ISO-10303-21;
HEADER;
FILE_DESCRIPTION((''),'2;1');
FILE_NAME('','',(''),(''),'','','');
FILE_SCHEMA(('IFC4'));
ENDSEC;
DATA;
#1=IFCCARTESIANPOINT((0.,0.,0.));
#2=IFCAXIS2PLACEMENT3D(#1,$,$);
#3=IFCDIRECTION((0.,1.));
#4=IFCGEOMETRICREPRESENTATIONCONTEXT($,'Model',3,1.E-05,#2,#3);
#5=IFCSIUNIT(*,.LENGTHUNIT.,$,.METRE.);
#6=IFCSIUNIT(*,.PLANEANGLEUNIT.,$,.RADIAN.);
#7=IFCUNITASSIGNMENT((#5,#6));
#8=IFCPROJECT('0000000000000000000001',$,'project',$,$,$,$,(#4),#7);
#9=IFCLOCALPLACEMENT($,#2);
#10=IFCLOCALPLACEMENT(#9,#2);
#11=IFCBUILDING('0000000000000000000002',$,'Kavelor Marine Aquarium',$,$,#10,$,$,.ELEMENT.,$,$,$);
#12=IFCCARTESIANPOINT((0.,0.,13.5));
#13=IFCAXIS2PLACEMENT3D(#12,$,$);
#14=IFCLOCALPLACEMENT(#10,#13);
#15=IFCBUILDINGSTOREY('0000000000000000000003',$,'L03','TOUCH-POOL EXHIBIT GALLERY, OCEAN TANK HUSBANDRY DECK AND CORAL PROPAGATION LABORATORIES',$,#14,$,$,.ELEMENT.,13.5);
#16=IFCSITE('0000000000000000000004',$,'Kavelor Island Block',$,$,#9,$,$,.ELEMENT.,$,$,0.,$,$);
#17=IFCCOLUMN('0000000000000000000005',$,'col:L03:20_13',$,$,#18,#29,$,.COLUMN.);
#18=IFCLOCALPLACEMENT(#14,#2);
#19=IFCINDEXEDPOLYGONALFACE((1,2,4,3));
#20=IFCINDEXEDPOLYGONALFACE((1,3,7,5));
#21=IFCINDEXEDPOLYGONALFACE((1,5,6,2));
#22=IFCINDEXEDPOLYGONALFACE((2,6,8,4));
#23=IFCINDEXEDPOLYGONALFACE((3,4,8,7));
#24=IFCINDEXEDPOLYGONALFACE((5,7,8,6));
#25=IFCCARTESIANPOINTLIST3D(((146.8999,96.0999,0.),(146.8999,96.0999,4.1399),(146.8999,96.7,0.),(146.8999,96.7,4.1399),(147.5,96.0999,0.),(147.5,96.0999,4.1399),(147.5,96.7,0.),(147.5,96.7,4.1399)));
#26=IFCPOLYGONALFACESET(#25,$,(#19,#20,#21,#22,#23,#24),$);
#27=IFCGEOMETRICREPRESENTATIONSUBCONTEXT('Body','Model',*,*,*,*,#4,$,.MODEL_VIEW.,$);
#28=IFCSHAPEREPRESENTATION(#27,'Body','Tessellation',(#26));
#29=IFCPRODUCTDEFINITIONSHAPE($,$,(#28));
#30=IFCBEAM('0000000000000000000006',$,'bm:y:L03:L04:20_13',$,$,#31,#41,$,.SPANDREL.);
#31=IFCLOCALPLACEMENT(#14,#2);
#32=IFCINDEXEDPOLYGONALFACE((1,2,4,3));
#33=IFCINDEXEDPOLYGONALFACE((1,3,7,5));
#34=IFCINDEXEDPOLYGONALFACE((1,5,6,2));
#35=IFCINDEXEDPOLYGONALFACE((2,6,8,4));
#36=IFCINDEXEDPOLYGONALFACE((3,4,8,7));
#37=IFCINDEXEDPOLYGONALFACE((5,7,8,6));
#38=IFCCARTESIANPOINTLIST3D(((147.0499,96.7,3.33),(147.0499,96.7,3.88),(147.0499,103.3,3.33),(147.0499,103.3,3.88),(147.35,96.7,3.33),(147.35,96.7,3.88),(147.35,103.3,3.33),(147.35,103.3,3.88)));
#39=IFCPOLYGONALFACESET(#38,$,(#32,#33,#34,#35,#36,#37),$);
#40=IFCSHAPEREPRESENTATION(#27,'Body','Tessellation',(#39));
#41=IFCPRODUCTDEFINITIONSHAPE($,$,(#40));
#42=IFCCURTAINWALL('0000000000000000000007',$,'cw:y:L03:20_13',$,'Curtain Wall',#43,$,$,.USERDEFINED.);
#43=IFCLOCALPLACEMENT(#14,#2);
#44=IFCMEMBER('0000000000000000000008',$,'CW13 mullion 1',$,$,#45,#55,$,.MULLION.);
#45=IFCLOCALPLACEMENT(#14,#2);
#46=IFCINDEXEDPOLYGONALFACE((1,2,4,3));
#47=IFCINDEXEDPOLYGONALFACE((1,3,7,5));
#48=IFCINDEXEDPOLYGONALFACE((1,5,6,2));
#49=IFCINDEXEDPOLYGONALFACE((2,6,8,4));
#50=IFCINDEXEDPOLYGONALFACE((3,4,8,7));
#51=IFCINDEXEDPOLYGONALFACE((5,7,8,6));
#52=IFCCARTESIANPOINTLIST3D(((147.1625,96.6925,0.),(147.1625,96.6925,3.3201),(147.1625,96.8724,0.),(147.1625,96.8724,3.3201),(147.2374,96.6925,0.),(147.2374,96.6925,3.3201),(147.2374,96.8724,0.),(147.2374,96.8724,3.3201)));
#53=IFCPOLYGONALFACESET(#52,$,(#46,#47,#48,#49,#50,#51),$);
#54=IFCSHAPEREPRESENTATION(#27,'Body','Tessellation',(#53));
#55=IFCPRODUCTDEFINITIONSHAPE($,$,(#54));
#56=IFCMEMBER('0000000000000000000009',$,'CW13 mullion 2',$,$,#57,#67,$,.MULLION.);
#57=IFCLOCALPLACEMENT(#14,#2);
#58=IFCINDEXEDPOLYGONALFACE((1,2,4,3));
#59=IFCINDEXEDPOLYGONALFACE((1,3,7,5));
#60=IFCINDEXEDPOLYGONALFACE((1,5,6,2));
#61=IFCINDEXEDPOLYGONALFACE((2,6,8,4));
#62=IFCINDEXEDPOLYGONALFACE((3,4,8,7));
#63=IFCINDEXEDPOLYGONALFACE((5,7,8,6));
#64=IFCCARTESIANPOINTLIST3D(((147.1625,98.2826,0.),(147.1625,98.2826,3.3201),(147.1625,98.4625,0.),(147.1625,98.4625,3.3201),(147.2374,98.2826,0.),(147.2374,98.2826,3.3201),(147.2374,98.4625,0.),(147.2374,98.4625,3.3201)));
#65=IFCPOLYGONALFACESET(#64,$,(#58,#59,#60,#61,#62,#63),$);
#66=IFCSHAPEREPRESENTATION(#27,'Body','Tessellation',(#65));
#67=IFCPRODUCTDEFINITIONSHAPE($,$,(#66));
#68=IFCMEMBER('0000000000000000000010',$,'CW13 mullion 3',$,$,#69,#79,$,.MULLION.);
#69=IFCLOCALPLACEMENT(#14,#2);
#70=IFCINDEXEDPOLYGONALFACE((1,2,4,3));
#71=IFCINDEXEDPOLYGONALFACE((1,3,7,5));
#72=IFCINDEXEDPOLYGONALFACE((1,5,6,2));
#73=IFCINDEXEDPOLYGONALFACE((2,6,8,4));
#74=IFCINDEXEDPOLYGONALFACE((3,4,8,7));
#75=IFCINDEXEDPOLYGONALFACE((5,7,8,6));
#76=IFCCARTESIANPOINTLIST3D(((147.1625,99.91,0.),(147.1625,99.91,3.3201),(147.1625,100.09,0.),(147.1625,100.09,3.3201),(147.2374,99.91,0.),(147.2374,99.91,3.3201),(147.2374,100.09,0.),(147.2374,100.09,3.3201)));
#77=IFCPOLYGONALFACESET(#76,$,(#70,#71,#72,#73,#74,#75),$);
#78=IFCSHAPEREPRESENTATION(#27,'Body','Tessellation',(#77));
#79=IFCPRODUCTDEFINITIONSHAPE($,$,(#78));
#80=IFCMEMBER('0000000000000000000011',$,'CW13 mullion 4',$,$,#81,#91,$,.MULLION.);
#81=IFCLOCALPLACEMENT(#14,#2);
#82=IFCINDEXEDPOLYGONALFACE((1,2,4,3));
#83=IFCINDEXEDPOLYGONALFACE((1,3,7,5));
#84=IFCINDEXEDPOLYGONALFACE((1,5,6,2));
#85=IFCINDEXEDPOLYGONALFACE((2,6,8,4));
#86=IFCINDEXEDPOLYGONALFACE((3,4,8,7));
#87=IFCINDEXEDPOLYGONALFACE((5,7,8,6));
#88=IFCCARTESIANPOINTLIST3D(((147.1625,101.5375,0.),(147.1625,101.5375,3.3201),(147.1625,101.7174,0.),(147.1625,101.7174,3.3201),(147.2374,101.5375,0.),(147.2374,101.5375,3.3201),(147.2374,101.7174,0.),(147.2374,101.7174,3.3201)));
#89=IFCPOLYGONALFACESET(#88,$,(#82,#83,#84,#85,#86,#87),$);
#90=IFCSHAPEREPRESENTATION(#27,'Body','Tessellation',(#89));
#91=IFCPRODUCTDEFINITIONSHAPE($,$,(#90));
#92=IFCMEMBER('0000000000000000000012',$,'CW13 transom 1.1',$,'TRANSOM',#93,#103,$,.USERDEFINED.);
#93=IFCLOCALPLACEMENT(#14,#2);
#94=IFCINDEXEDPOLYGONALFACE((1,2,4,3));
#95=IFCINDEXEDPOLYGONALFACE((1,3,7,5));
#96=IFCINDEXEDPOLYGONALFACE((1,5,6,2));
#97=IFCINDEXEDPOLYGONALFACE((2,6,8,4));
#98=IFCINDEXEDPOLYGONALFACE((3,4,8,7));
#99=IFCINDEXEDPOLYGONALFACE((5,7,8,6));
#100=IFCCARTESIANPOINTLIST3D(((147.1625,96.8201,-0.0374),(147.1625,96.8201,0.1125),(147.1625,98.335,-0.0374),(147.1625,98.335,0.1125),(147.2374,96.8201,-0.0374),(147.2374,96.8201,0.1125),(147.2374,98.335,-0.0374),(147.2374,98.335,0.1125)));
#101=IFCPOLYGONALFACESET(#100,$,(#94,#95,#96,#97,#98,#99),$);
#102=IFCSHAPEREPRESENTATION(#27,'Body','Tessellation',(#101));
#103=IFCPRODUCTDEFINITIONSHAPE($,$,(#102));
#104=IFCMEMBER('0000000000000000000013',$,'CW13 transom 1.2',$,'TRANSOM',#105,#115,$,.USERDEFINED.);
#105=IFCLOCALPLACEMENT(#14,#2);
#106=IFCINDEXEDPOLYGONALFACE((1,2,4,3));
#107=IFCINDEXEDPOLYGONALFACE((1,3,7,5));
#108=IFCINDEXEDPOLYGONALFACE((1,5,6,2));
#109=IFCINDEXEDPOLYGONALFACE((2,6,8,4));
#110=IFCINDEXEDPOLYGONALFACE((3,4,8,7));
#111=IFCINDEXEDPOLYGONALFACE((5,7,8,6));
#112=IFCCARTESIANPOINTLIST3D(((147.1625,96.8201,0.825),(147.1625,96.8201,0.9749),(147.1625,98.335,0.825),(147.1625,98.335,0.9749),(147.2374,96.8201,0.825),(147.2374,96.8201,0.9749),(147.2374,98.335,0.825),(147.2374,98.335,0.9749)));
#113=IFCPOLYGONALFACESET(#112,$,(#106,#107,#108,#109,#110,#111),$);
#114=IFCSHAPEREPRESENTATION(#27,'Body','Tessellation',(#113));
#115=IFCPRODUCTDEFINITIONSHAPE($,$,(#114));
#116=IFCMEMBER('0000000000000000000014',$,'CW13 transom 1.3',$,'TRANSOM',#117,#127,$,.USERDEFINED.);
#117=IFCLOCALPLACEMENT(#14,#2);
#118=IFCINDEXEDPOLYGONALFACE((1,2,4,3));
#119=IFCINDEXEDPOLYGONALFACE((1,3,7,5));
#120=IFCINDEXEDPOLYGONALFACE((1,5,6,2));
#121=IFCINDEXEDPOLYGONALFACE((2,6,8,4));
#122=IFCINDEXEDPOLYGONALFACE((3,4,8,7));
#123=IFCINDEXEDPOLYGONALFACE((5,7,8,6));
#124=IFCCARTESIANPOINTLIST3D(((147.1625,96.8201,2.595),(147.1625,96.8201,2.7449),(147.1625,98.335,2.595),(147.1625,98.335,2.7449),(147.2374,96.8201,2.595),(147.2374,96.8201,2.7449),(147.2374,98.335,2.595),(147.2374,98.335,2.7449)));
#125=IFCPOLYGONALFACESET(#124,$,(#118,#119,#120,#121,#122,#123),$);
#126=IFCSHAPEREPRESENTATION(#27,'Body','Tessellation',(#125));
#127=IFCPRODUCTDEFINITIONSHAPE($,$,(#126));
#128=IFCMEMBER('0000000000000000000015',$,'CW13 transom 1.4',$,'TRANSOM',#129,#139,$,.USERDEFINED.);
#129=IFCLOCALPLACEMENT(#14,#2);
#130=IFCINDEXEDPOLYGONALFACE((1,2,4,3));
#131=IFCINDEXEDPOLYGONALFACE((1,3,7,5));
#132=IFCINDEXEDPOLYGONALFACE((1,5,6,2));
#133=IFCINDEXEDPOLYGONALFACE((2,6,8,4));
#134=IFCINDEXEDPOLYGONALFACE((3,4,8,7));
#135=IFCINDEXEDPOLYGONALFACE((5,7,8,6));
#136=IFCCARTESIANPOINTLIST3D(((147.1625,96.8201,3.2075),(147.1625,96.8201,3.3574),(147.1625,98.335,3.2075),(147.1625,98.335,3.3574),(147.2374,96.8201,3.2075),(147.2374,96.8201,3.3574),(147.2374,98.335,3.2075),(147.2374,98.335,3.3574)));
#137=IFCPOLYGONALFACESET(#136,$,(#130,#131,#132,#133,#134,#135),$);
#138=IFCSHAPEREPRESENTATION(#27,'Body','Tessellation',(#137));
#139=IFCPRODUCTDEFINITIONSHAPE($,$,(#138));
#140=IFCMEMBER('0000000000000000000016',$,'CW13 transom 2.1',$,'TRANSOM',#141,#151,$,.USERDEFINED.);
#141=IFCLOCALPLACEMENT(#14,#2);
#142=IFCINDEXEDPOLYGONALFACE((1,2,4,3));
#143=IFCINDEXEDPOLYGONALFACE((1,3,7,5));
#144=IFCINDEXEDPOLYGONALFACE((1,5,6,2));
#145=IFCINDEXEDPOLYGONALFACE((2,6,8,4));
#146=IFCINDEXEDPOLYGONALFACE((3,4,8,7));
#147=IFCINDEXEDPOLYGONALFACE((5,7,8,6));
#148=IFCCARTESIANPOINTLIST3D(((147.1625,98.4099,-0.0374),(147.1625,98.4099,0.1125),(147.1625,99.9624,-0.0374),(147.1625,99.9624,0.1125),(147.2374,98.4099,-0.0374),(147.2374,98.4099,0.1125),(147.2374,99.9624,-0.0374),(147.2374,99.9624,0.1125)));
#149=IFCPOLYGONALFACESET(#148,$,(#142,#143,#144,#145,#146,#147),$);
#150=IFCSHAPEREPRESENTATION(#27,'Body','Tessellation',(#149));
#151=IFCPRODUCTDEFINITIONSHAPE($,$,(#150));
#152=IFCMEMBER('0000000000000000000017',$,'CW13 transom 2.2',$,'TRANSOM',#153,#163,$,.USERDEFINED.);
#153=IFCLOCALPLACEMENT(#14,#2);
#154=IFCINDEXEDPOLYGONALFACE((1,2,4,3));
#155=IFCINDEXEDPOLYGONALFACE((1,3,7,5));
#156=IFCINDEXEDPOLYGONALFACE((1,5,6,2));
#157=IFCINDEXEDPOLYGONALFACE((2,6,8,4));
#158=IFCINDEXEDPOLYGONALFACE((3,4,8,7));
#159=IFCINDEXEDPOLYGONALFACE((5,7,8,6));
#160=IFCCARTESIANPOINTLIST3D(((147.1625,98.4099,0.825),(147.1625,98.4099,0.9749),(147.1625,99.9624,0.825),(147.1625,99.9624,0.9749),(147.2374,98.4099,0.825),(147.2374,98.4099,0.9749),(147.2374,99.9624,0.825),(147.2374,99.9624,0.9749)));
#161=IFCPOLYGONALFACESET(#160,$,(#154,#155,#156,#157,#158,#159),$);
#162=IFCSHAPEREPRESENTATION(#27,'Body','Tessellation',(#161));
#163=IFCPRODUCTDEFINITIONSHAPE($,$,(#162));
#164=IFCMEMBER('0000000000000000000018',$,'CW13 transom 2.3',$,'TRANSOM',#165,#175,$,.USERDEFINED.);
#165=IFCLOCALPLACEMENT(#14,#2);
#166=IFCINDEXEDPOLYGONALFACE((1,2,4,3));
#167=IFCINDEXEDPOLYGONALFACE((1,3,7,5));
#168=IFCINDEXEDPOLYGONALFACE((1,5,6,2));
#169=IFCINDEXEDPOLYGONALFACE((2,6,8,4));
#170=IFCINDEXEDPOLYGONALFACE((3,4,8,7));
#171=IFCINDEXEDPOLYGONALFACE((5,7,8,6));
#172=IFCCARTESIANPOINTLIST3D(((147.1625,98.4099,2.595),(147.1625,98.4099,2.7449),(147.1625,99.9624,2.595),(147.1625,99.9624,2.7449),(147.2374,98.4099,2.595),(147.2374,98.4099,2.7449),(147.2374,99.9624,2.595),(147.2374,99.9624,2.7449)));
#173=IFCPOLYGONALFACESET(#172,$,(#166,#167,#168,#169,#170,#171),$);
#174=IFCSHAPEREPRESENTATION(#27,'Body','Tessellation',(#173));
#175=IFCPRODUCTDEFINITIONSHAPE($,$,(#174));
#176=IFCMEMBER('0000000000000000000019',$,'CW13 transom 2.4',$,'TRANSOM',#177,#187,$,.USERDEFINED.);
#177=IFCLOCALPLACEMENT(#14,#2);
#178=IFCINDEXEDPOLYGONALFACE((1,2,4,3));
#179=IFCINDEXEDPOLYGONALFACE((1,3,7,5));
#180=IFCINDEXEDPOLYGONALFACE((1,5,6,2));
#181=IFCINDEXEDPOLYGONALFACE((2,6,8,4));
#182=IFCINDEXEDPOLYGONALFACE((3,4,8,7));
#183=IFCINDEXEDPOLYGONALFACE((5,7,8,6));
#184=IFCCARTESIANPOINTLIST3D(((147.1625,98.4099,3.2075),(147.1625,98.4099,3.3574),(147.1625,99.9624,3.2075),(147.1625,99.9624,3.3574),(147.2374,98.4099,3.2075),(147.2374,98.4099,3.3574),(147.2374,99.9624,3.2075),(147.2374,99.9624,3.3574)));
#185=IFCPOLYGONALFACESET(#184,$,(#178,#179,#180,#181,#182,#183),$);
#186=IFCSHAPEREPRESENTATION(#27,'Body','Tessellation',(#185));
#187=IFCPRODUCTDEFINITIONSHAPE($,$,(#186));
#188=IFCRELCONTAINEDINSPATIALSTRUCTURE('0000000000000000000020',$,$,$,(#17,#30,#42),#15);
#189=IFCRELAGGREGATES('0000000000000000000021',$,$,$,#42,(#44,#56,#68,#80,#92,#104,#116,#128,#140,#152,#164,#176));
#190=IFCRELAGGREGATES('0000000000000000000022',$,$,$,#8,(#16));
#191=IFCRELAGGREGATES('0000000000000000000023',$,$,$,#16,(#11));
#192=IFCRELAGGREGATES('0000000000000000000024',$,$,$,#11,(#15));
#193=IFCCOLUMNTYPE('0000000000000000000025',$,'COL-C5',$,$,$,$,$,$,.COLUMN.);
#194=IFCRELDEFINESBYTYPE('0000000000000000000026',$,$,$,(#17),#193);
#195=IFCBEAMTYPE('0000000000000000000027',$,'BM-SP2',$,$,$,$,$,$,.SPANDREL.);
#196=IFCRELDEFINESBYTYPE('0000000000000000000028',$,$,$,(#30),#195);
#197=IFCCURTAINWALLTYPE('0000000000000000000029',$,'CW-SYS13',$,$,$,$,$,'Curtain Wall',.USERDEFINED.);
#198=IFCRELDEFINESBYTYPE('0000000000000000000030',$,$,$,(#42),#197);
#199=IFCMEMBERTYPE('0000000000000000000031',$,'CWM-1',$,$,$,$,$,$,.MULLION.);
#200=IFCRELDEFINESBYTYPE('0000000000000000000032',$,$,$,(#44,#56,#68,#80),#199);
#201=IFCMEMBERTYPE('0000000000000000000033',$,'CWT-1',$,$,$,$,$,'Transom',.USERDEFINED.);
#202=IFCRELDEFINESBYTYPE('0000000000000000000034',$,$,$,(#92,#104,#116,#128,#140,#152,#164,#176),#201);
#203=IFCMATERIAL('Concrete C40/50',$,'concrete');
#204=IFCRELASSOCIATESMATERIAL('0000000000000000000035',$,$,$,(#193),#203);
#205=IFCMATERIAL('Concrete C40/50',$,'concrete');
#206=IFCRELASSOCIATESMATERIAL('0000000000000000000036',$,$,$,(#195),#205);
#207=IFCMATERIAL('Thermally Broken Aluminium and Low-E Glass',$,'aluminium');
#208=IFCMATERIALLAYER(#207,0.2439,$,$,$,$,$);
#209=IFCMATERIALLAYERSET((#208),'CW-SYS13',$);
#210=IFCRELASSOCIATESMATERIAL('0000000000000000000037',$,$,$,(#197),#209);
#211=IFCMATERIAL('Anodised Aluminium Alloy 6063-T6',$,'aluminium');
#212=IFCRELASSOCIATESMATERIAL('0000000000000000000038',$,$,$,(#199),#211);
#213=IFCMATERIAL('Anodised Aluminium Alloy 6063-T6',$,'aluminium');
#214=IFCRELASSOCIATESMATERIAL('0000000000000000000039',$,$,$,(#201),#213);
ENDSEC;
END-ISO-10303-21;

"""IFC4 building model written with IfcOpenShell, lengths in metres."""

from ifc_helpers import new_model, si_unit, direction, frame, origin, origin_2d, place, context, subcontext, project, spatial, rectangle, extrude, material, layer, layer_set, material_profile, profile_set, type_object, element, aggregate, save


model = new_model("IFC4")

# Units and contexts
model_context = context("Model", 3, precision=1e-05, world=origin(), true_north=direction((0.0, 1.0)))
body_context = subcontext(model_context, "Body", "Model", "MODEL_VIEW")
ifc_project = project(units=[si_unit("LENGTHUNIT", "METRE"), si_unit("PLANEANGLEUNIT", "RADIAN")], contexts=[model_context])

# Site, building, storey
site_placement = place(None, origin())
site = spatial("IfcSite", under=ifc_project, at=site_placement, Name="Kavelor Island Block", CompositionType="ELEMENT", RefElevation=0.0)
building_placement = place(site_placement, origin())
building = spatial("IfcBuilding", under=site, at=building_placement, Name="Kavelor Marine Aquarium", CompositionType="ELEMENT")
storey_placement = place(building_placement, frame((0.0, 0.0, 13.5)))
storey = spatial("IfcBuildingStorey", under=building, at=storey_placement, Name="L03", Description="TOUCH-POOL EXHIBIT GALLERY, OCEAN TANK HUSBANDRY DECK AND CORAL PROPAGATION LABORATORIES", CompositionType="ELEMENT", Elevation=13.5)

# Column
ifc_material_1 = material(Name="Concrete C40/50", Category="concrete")
ifc_material_profile_1 = material_profile(ifc_material_1, rectangle(XDim=0.6001, YDim=0.6001, at=origin_2d()), Name="RC-COL 600x600")
ifc_profile_set_1 = profile_set([ifc_material_profile_1], Name="Concrete C40/50")
column_type = type_object("IfcColumnType", Name="COL-C5", PredefinedType="COLUMN", material=ifc_profile_set_1)
column_placement = place(storey_placement, frame((147.2, 96.3999, 0.0), z_axis=(0.0, 0.0, 1.0), x_axis=(1.0, 0.0, 0.0)))
element("IfcColumn", 1, at=column_placement, inside=storey, type_object=column_type, Name="col:L03:20_13", PredefinedType="COLUMN", context=body_context, shape_type="SweptSolid", body=[
    extrude(rectangle(XDim=0.6001, YDim=0.6001, at=origin_2d()), origin(), (0.0, 0.0, 1.0), 4.1399),
])

# Beam
ifc_material_2 = material(Name="Concrete C40/50", Category="concrete")
ifc_material_profile_2 = material_profile(ifc_material_2, rectangle(XDim=0.3, YDim=0.55, at=origin_2d()), Name="RC-SP 300x550")
ifc_profile_set_2 = profile_set([ifc_material_profile_2], Name="Concrete C40/50")
beam_type = type_object("IfcBeamType", Name="BM-SP2", PredefinedType="SPANDREL", material=ifc_profile_set_2)
beam_placement = place(storey_placement, frame((147.2, 96.7, 3.605), z_axis=(0.0, 1.0, 0.0), x_axis=(-1.0, 0.0, 0.0)))
element("IfcBeam", 2, at=beam_placement, inside=storey, type_object=beam_type, Name="bm:y:L03:L04:20_13", PredefinedType="SPANDREL", context=body_context, shape_type="SweptSolid", body=[
    extrude(rectangle(XDim=0.3, YDim=0.55, at=origin_2d()), origin(), (0.0, 0.0, 1.0), 6.6001),
])

# Curtain wall, members
ifc_material_3 = material(Name="Thermally Broken Aluminium and Low-E Glass", Category="aluminium")
ifc_layer_1 = layer(ifc_material_3, 0.2439)
ifc_layer_set_1 = layer_set([ifc_layer_1], Name="CW-SYS13")
curtain_wall_type = type_object("IfcCurtainWallType", Name="CW-SYS13", ElementType="Curtain Wall", PredefinedType="USERDEFINED", material=ifc_layer_set_1)
curtain_wall_placement = place(storey_placement, origin())
curtain_wall = element("IfcCurtainWall", 3, at=curtain_wall_placement, inside=storey, type_object=curtain_wall_type, Name="cw:y:L03:20_13", ObjectType="Curtain Wall", PredefinedType="USERDEFINED")
ifc_material_4 = material(Name="Anodised Aluminium Alloy 6063-T6", Category="aluminium")
ifc_material_profile_3 = material_profile(ifc_material_4, rectangle(XDim=0.075, YDim=0.1799, at=origin_2d()), Name="CW-MUL 75x180")
ifc_profile_set_3 = profile_set([ifc_material_profile_3], Name="Anodised Aluminium Alloy 6063-T6")
member_type_1 = type_object("IfcMemberType", Name="CWM-1", PredefinedType="MULLION", material=ifc_profile_set_3)
member_1_placement = place(storey_placement, frame((147.2, 96.7825, 0.0), z_axis=(0.0, 0.0, 1.0), x_axis=(-1.0, 0.0, 0.0)))
member_1 = element("IfcMember", 4, at=member_1_placement, type_object=member_type_1, Name="CW13 mullion 1", PredefinedType="MULLION", context=body_context, shape_type="SweptSolid", body=[
    extrude(rectangle(XDim=0.075, YDim=0.1799, at=origin_2d()), origin(), (0.0, 0.0, 1.0), 3.3201),
])
member_2_placement = place(storey_placement, frame((147.2, 98.3726, 0.0), z_axis=(0.0, 0.0, 1.0), x_axis=(-1.0, 0.0, 0.0)))
member_2 = element("IfcMember", 5, at=member_2_placement, type_object=member_type_1, Name="CW13 mullion 2", PredefinedType="MULLION", context=body_context, shape_type="SweptSolid", body=[
    extrude(rectangle(XDim=0.075, YDim=0.1799, at=origin_2d()), origin(), (0.0, 0.0, 1.0), 3.3201),
])
member_3_placement = place(storey_placement, frame((147.2, 100.0, 0.0), z_axis=(0.0, 0.0, 1.0), x_axis=(-1.0, 0.0, 0.0)))
member_3 = element("IfcMember", 6, at=member_3_placement, type_object=member_type_1, Name="CW13 mullion 3", PredefinedType="MULLION", context=body_context, shape_type="SweptSolid", body=[
    extrude(rectangle(XDim=0.075, YDim=0.1799, at=origin_2d()), origin(), (0.0, 0.0, 1.0), 3.3201),
])
member_4_placement = place(storey_placement, frame((147.2, 101.6274, 0.0), z_axis=(0.0, 0.0, 1.0), x_axis=(-1.0, 0.0, 0.0)))
member_4 = element("IfcMember", 7, at=member_4_placement, type_object=member_type_1, Name="CW13 mullion 4", PredefinedType="MULLION", context=body_context, shape_type="SweptSolid", body=[
    extrude(rectangle(XDim=0.075, YDim=0.1799, at=origin_2d()), origin(), (0.0, 0.0, 1.0), 3.3201),
])
ifc_material_5 = material(Name="Anodised Aluminium Alloy 6063-T6", Category="aluminium")
ifc_material_profile_4 = material_profile(ifc_material_5, rectangle(XDim=0.075, YDim=0.1499, at=origin_2d()), Name="CW-TRN 75x150")
ifc_profile_set_4 = profile_set([ifc_material_profile_4], Name="Anodised Aluminium Alloy 6063-T6")
member_type_2 = type_object("IfcMemberType", Name="CWT-1", ElementType="Transom", PredefinedType="USERDEFINED", material=ifc_profile_set_4)
member_5_placement = place(storey_placement, frame((147.2, 96.8201, 0.0376), z_axis=(0.0, 1.0, 0.0), x_axis=(-1.0, 0.0, 0.0)))
member_5 = element("IfcMember", 8, at=member_5_placement, type_object=member_type_2, Name="CW13 transom 1.1", ObjectType="TRANSOM", PredefinedType="USERDEFINED", context=body_context, shape_type="SweptSolid", body=[
    extrude(rectangle(XDim=0.075, YDim=0.1499, at=origin_2d()), origin(), (0.0, 0.0, 1.0), 1.5149),
])
member_6_placement = place(storey_placement, frame((147.2, 96.8201, 0.8999), z_axis=(0.0, 1.0, 0.0), x_axis=(-1.0, 0.0, 0.0)))
member_6 = element("IfcMember", 9, at=member_6_placement, type_object=member_type_2, Name="CW13 transom 1.2", ObjectType="TRANSOM", PredefinedType="USERDEFINED", context=body_context, shape_type="SweptSolid", body=[
    extrude(rectangle(XDim=0.075, YDim=0.1499, at=origin_2d()), origin(), (0.0, 0.0, 1.0), 1.5149),
])
member_7_placement = place(storey_placement, frame((147.2, 96.8201, 2.6699), z_axis=(0.0, 1.0, 0.0), x_axis=(-1.0, 0.0, 0.0)))
member_7 = element("IfcMember", 10, at=member_7_placement, type_object=member_type_2, Name="CW13 transom 1.3", ObjectType="TRANSOM", PredefinedType="USERDEFINED", context=body_context, shape_type="SweptSolid", body=[
    extrude(rectangle(XDim=0.075, YDim=0.1499, at=origin_2d()), origin(), (0.0, 0.0, 1.0), 1.5149),
])
member_8_placement = place(storey_placement, frame((147.2, 96.8201, 3.2825), z_axis=(0.0, 1.0, 0.0), x_axis=(-1.0, 0.0, 0.0)))
member_8 = element("IfcMember", 11, at=member_8_placement, type_object=member_type_2, Name="CW13 transom 1.4", ObjectType="TRANSOM", PredefinedType="USERDEFINED", context=body_context, shape_type="SweptSolid", body=[
    extrude(rectangle(XDim=0.075, YDim=0.1499, at=origin_2d()), origin(), (0.0, 0.0, 1.0), 1.5149),
])
member_9_placement = place(storey_placement, frame((147.2, 98.4099, 0.0376), z_axis=(0.0, 1.0, 0.0), x_axis=(-1.0, 0.0, 0.0)))
member_9 = element("IfcMember", 12, at=member_9_placement, type_object=member_type_2, Name="CW13 transom 2.1", ObjectType="TRANSOM", PredefinedType="USERDEFINED", context=body_context, shape_type="SweptSolid", body=[
    extrude(rectangle(XDim=0.075, YDim=0.1499, at=origin_2d()), origin(), (0.0, 0.0, 1.0), 1.5525),
])
member_10_placement = place(storey_placement, frame((147.2, 98.4099, 0.8999), z_axis=(0.0, 1.0, 0.0), x_axis=(-1.0, 0.0, 0.0)))
member_10 = element("IfcMember", 13, at=member_10_placement, type_object=member_type_2, Name="CW13 transom 2.2", ObjectType="TRANSOM", PredefinedType="USERDEFINED", context=body_context, shape_type="SweptSolid", body=[
    extrude(rectangle(XDim=0.075, YDim=0.1499, at=origin_2d()), origin(), (0.0, 0.0, 1.0), 1.5525),
])
member_11_placement = place(storey_placement, frame((147.2, 98.4099, 2.6699), z_axis=(0.0, 1.0, 0.0), x_axis=(-1.0, 0.0, 0.0)))
member_11 = element("IfcMember", 14, at=member_11_placement, type_object=member_type_2, Name="CW13 transom 2.3", ObjectType="TRANSOM", PredefinedType="USERDEFINED", context=body_context, shape_type="SweptSolid", body=[
    extrude(rectangle(XDim=0.075, YDim=0.1499, at=origin_2d()), origin(), (0.0, 0.0, 1.0), 1.5525),
])
member_12_placement = place(storey_placement, frame((147.2, 98.4099, 3.2825), z_axis=(0.0, 1.0, 0.0), x_axis=(-1.0, 0.0, 0.0)))
member_12 = element("IfcMember", 15, at=member_12_placement, type_object=member_type_2, Name="CW13 transom 2.4", ObjectType="TRANSOM", PredefinedType="USERDEFINED", context=body_context, shape_type="SweptSolid", body=[
    extrude(rectangle(XDim=0.075, YDim=0.1499, at=origin_2d()), origin(), (0.0, 0.0, 1.0), 1.5525),
])
aggregate(curtain_wall, [member_1, member_2, member_3, member_4, member_5, member_6, member_7, member_8, member_9, member_10, member_11, member_12])

save(model, "model.ifc")
